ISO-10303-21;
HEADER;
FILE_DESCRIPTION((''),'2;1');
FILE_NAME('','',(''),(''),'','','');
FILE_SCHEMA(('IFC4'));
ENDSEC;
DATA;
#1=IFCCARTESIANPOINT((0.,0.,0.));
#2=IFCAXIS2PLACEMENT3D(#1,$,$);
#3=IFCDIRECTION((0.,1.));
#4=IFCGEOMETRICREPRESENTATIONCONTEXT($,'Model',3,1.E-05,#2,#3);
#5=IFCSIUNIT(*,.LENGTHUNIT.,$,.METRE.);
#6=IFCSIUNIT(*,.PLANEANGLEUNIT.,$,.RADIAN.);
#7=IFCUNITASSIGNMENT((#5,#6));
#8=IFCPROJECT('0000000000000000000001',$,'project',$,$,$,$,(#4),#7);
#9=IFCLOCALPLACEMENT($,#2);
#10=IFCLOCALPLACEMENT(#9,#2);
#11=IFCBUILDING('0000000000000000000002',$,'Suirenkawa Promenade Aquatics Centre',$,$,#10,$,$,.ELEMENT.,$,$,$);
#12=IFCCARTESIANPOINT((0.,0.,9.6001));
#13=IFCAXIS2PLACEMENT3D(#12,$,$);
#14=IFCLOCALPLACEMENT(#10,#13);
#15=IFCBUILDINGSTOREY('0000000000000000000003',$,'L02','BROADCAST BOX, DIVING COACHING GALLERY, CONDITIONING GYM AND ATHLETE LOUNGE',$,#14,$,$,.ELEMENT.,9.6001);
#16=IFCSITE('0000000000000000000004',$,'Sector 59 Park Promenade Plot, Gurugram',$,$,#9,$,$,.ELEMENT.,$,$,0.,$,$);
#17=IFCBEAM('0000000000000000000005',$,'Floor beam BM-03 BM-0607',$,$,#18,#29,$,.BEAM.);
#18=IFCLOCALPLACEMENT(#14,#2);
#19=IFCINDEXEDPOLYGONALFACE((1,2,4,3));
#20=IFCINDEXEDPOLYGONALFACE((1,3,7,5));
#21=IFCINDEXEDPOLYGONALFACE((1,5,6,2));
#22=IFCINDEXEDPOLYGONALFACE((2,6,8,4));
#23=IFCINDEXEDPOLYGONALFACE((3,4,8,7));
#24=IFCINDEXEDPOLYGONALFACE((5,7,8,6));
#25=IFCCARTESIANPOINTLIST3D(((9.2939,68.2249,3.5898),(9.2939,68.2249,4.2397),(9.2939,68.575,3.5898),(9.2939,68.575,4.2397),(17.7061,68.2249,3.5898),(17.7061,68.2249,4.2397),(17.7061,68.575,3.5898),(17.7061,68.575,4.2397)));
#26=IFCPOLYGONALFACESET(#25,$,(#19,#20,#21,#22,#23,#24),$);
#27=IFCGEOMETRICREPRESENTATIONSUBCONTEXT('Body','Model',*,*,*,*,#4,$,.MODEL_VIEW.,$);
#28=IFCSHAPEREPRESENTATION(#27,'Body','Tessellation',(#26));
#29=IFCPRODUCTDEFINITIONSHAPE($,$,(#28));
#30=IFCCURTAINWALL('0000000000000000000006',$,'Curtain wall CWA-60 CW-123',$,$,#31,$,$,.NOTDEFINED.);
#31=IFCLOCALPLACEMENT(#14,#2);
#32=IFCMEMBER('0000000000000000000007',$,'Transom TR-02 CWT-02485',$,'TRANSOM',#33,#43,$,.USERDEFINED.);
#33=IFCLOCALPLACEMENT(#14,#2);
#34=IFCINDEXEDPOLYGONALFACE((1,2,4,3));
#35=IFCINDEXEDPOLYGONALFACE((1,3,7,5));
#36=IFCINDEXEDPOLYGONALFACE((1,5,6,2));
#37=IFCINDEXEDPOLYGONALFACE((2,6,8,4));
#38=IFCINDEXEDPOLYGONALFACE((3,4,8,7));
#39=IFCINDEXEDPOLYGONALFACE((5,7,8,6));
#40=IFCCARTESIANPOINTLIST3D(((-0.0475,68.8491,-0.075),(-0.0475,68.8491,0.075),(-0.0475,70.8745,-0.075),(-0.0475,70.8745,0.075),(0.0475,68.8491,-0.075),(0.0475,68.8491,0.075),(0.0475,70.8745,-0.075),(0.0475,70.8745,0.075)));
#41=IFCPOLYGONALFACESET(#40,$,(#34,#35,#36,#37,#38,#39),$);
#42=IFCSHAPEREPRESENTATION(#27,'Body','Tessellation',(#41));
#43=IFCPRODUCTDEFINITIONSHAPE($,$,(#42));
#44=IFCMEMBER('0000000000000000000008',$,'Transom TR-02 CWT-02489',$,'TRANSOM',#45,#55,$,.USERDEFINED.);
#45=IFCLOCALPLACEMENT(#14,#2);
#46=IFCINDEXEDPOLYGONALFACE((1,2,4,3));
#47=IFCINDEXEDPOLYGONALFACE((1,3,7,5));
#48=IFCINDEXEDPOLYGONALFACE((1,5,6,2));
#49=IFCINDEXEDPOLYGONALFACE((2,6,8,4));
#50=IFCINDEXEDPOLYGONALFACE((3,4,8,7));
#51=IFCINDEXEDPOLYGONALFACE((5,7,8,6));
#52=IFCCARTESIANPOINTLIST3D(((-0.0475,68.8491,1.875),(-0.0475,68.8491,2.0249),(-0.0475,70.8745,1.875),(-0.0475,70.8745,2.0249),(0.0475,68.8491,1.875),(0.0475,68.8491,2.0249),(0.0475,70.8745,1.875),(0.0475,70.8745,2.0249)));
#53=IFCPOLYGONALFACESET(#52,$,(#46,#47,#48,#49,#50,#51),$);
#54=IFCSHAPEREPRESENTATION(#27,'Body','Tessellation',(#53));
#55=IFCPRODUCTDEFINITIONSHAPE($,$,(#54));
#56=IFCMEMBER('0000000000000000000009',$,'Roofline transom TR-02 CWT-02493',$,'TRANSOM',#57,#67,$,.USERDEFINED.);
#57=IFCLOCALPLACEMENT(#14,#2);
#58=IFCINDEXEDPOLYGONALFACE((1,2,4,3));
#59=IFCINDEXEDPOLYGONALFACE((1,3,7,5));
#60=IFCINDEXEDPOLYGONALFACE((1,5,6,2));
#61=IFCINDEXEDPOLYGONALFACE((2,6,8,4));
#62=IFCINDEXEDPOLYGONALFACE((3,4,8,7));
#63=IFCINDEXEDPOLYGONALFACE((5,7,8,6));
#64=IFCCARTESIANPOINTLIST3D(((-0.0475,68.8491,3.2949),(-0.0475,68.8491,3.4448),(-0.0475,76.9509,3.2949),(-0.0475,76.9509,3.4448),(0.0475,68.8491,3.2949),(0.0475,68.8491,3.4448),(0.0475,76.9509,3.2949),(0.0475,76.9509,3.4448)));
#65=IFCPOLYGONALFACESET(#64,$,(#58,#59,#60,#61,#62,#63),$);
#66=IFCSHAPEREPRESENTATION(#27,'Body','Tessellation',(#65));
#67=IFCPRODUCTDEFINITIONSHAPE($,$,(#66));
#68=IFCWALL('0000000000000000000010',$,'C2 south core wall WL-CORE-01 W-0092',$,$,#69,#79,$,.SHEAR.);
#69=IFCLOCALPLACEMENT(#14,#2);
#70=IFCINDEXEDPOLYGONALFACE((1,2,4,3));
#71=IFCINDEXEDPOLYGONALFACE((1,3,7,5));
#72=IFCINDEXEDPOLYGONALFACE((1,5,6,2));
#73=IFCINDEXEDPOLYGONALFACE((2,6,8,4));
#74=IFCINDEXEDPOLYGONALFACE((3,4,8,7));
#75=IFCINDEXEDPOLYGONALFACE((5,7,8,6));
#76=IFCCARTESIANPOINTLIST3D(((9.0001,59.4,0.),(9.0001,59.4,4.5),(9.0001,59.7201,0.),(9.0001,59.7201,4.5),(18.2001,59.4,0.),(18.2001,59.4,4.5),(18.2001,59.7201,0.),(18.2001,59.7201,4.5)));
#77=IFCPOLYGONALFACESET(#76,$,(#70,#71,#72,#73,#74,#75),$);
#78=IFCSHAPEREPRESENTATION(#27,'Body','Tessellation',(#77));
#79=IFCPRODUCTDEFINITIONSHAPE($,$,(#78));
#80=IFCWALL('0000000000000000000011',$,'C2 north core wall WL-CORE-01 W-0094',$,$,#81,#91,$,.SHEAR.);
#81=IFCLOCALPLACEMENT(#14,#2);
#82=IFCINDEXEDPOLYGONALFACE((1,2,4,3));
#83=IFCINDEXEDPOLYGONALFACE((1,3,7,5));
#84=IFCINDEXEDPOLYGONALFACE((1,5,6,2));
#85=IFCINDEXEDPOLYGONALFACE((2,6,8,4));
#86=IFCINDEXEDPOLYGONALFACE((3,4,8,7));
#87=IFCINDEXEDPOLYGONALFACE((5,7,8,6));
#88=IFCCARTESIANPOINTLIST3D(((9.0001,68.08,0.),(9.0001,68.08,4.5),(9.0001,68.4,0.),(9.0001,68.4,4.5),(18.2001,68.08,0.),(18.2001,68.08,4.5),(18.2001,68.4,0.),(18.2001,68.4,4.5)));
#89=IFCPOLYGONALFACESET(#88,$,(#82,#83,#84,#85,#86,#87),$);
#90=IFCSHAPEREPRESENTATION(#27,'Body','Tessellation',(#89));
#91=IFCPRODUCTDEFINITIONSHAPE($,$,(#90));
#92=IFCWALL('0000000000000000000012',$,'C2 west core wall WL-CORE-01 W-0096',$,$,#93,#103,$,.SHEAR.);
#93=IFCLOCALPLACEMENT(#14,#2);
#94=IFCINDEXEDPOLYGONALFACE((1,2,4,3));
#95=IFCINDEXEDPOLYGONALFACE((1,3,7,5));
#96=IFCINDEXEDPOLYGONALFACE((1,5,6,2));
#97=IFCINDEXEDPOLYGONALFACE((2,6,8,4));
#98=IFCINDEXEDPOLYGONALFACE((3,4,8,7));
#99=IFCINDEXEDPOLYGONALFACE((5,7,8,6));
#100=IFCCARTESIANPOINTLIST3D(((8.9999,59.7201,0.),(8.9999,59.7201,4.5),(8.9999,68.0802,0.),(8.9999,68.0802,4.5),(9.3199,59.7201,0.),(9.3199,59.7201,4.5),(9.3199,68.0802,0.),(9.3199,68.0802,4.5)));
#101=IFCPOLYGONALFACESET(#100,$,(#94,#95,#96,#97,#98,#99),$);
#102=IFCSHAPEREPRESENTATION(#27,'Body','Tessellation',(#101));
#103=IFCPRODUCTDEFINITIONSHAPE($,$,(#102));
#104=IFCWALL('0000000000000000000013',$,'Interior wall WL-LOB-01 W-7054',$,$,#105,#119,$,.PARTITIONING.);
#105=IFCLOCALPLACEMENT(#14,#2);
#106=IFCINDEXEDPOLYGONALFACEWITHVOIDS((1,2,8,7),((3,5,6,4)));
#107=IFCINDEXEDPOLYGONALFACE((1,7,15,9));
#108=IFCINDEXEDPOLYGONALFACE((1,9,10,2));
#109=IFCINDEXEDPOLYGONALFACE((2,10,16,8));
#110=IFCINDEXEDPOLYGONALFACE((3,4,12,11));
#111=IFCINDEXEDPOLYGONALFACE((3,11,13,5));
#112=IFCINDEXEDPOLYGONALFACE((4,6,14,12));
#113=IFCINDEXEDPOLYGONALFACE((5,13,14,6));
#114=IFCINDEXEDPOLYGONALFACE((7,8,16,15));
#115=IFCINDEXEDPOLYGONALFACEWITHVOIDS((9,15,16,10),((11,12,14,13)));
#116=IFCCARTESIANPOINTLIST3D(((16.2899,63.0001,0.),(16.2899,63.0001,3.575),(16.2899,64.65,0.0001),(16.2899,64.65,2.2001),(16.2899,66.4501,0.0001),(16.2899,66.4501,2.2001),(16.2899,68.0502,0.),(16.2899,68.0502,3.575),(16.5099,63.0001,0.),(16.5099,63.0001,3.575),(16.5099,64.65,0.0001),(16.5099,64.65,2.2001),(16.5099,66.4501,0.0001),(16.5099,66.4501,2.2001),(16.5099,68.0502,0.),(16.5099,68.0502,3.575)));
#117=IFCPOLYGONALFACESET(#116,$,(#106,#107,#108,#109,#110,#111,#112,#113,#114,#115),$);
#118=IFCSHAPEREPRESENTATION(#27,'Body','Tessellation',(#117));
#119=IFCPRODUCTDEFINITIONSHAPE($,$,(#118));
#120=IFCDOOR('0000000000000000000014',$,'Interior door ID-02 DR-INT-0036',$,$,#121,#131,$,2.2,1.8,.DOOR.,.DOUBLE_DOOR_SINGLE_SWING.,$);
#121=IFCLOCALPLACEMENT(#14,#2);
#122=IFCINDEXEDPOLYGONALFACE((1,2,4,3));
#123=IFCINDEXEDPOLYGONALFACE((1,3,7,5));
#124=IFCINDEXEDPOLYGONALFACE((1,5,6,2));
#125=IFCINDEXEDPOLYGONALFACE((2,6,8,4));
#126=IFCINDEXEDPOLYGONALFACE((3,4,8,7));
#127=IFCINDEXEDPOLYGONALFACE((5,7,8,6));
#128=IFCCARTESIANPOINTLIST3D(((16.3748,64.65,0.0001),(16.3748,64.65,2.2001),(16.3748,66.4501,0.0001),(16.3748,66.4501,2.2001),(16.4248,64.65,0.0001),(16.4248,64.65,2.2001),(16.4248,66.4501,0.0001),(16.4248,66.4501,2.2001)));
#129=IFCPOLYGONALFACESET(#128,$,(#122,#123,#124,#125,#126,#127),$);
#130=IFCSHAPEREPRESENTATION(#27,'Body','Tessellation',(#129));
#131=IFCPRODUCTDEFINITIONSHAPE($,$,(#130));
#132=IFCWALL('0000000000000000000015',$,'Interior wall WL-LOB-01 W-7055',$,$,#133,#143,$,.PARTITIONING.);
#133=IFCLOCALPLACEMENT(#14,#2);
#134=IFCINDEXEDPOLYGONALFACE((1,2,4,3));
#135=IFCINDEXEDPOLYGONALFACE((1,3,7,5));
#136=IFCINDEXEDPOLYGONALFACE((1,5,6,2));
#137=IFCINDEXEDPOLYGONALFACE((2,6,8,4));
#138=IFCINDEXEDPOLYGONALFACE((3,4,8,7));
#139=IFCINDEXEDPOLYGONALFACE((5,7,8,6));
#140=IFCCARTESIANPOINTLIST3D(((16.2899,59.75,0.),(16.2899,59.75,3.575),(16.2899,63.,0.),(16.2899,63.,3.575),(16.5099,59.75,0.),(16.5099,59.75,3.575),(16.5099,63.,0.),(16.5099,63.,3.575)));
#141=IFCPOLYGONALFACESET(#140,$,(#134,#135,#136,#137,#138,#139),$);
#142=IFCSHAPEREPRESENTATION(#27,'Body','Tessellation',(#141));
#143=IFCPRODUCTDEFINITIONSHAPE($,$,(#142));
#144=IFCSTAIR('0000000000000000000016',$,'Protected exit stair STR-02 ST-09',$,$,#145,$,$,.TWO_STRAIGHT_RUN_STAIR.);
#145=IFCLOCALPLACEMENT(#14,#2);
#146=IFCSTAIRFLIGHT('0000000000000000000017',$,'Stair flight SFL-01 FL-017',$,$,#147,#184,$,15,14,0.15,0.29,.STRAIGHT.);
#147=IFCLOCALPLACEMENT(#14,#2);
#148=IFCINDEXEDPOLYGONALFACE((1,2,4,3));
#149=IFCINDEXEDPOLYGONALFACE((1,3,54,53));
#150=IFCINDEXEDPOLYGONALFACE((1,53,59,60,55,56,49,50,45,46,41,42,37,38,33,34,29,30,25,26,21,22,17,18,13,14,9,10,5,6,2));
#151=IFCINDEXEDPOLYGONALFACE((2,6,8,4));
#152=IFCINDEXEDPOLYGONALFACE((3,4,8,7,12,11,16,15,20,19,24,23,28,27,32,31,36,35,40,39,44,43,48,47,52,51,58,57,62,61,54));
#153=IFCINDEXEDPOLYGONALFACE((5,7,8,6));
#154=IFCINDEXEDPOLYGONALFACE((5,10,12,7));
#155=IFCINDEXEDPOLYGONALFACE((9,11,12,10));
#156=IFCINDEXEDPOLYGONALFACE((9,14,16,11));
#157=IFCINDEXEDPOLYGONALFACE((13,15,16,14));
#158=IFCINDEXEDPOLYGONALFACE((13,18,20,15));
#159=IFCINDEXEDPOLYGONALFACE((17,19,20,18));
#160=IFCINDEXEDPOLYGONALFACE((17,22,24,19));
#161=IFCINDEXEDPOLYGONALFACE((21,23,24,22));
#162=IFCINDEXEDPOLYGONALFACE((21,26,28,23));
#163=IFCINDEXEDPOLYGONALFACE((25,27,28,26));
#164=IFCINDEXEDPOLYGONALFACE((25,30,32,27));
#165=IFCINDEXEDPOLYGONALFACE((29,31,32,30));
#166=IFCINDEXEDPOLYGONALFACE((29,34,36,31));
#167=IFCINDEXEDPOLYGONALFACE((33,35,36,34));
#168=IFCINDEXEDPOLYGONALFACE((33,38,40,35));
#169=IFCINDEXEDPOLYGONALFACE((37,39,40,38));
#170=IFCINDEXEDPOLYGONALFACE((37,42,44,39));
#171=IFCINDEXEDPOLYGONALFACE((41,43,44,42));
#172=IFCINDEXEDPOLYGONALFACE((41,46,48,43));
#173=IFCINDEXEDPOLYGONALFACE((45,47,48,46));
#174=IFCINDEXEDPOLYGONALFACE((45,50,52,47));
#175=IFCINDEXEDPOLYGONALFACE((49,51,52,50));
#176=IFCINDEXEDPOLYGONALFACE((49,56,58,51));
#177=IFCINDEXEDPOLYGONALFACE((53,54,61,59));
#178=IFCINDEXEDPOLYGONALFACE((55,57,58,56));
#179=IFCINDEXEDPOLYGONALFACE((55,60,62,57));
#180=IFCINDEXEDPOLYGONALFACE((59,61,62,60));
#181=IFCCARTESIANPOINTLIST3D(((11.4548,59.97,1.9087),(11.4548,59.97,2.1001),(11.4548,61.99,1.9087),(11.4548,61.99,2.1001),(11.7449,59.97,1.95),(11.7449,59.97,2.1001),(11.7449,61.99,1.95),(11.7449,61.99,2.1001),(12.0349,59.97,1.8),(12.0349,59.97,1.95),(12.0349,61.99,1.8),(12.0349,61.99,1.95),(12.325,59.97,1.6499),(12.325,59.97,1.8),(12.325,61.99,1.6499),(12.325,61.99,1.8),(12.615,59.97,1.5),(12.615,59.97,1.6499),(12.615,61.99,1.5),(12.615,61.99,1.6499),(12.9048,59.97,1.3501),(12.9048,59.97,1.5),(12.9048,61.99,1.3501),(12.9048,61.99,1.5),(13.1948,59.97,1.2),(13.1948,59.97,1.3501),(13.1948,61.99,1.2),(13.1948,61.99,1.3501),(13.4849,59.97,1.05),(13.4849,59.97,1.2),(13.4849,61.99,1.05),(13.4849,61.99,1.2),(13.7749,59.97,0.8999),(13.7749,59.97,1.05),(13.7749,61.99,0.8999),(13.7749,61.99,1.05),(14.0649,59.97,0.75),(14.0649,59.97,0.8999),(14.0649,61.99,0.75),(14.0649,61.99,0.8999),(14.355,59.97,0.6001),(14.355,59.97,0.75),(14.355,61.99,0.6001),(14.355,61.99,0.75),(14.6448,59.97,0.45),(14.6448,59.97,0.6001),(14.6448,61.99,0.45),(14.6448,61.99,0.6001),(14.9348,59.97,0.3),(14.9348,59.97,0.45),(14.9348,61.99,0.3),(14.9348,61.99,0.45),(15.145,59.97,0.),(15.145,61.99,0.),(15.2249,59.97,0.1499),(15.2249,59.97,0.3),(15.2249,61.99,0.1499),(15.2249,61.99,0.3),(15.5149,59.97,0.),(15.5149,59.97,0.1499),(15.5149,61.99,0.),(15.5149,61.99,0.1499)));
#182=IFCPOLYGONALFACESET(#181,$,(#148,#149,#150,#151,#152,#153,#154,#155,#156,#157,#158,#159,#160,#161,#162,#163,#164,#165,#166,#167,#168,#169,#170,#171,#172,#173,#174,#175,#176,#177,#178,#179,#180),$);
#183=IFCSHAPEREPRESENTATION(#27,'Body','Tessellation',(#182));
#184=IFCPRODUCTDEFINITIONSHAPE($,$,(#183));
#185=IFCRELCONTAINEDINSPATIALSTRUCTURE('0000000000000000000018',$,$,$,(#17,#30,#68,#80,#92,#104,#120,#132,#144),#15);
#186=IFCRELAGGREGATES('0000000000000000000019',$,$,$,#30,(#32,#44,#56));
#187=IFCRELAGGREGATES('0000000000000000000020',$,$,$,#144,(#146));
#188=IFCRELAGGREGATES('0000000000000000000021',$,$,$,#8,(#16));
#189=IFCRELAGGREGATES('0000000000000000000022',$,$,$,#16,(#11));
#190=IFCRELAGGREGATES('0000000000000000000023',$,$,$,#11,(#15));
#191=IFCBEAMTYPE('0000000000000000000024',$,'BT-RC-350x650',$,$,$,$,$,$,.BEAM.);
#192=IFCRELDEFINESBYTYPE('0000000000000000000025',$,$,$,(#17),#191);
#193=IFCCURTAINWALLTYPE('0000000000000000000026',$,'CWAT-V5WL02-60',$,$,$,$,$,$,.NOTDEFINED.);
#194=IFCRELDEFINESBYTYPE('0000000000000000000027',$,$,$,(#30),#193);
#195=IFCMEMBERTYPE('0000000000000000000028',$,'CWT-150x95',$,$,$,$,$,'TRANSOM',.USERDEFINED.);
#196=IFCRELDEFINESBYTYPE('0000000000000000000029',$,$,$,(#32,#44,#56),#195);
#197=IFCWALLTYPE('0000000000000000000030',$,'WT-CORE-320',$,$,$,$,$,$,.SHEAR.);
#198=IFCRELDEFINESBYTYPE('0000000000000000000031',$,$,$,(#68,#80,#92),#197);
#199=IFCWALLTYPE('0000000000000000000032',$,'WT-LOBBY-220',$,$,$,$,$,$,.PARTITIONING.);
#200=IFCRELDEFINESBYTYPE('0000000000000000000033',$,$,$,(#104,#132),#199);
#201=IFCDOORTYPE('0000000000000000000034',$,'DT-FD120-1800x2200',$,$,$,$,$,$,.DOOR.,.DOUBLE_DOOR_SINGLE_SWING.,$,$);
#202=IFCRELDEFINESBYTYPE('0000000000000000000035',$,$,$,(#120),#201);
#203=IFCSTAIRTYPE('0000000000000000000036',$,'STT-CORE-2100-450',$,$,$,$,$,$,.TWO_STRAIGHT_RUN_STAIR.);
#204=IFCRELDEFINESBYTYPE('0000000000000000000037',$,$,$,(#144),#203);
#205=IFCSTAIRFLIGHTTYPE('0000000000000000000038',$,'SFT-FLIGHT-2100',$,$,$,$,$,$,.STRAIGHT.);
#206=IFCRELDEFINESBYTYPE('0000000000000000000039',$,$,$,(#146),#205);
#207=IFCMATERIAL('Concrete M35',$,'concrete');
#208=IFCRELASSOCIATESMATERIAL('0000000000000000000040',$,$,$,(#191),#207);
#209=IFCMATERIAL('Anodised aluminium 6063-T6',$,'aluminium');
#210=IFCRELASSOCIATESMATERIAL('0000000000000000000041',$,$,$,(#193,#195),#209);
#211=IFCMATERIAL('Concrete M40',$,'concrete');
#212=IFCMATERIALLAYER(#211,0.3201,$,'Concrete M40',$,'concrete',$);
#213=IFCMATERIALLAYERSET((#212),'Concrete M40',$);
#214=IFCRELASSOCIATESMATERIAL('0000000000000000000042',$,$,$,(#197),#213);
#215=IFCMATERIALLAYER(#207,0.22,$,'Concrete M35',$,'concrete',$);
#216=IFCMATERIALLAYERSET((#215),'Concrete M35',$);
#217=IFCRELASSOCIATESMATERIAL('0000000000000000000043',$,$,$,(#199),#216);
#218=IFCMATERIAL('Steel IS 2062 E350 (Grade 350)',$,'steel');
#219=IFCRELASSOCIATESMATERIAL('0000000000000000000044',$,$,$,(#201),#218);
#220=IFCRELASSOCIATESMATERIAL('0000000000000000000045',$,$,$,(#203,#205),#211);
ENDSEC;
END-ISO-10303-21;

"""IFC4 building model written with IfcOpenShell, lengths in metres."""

from ifc_helpers import new_model, si_unit, direction, frame, frame_2d, origin, origin_2d, place, context, subcontext, project, spatial, polyline, rectangle, outline, extrude, material, layer, layer_set, material_profile, profile_set, type_object, element, fill, aggregate, save


model = new_model("IFC4")

# Units and contexts
model_context = context("Model", 3, precision=1e-05, world=origin(), true_north=direction((0.0, 1.0)))
body_context = subcontext(model_context, "Body", "Model", "MODEL_VIEW")
ifc_project = project(units=[si_unit("LENGTHUNIT", "METRE"), si_unit("PLANEANGLEUNIT", "RADIAN")], contexts=[model_context])

# Site, building, storey
site_placement = place(None, origin())
site = spatial("IfcSite", under=ifc_project, at=site_placement, Name="Sector 59 Park Promenade Plot, Gurugram", CompositionType="ELEMENT", RefElevation=0.0)
building_placement = place(site_placement, origin())
building = spatial("IfcBuilding", under=site, at=building_placement, Name="Suirenkawa Promenade Aquatics Centre", CompositionType="ELEMENT")
storey_placement = place(building_placement, frame((0.0, 0.0, 9.6001)))
storey = spatial("IfcBuildingStorey", under=building, at=storey_placement, Name="L02", Description="BROADCAST BOX, DIVING COACHING GALLERY, CONDITIONING GYM AND ATHLETE LOUNGE", CompositionType="ELEMENT", Elevation=9.6001)

# Shared definitions
ifc_material_1 = material(Name="Concrete M40", Category="concrete")

# Beam
ifc_material_2 = material(Name="Steel IS 2062 E350 (Grade 350)", Category="steel")
ifc_material_3 = material(Name="Concrete M35", Category="concrete")
ifc_material_profile_1 = material_profile(ifc_material_3, rectangle(XDim=0.3501, YDim=0.6499, at=origin_2d()), Name="RC BM 350x650", Category="concrete")
ifc_profile_set_1 = profile_set([ifc_material_profile_1], Name="Concrete M35")
beam_type_1 = type_object("IfcBeamType", Name="BT-RC-350x650", PredefinedType="BEAM", material=ifc_profile_set_1)
for number, where, z_axis, x_axis, name in (
    (1, (9.2939, 68.3999, 3.9148), (1.0, 0.0, 0.0), (0.0, 1.0, 0.0), "Floor beam BM-03 BM-0607"),
):
    element("IfcBeam", number, at=place(storey_placement, frame(where, z_axis=z_axis, x_axis=x_axis)), inside=storey, type_object=beam_type_1, Name=name, PredefinedType="BEAM", context=body_context, shape_type="SweptSolid", body=[
        extrude(rectangle(XDim=0.3501, YDim=0.6499, at=origin_2d()), origin(), (0.0, 0.0, 1.0), 8.4121),
    ])

# Curtain wall, members
ifc_material_4 = material(Name="Anodised aluminium 6063-T6", Category="aluminium")
curtain_wall_type = type_object("IfcCurtainWallType", Name="CWAT-V5WL02-60", PredefinedType="NOTDEFINED", material=ifc_material_4)
curtain_wall_placement = place(storey_placement, origin())
curtain_wall = element("IfcCurtainWall", 2, at=curtain_wall_placement, inside=storey, type_object=curtain_wall_type, Name="Curtain wall CWA-60 CW-123", PredefinedType="NOTDEFINED")
ifc_material_profile_2 = material_profile(ifc_material_4, rectangle(XDim=0.095, YDim=0.1499, at=origin_2d()), Name="ALU TRAN 95x150", Category="aluminium")
ifc_profile_set_2 = profile_set([ifc_material_profile_2], Name="Anodised aluminium 6063-T6")
member_type = type_object("IfcMemberType", Name="CWT-150x95", ElementType="TRANSOM", PredefinedType="USERDEFINED", material=ifc_profile_set_2)
member_1_placement = place(storey_placement, frame((0.0, 68.8491, 0.0), z_axis=(0.0, 1.0, 0.0), x_axis=(-1.0, 0.0, 0.0)))
member_1 = element("IfcMember", 3, at=member_1_placement, type_object=member_type, Name="Transom TR-02 CWT-02485", ObjectType="TRANSOM", PredefinedType="USERDEFINED", context=body_context, shape_type="SweptSolid", body=[
    extrude(rectangle(XDim=0.095, YDim=0.1499, at=origin_2d()), origin(), (0.0, 0.0, 1.0), 2.0254),
])
member_2_placement = place(storey_placement, frame((0.0, 68.8491, 1.95), z_axis=(0.0, 1.0, 0.0), x_axis=(-1.0, 0.0, 0.0)))
member_2 = element("IfcMember", 4, at=member_2_placement, type_object=member_type, Name="Transom TR-02 CWT-02489", ObjectType="TRANSOM", PredefinedType="USERDEFINED", context=body_context, shape_type="SweptSolid", body=[
    extrude(rectangle(XDim=0.095, YDim=0.1499, at=origin_2d()), origin(), (0.0, 0.0, 1.0), 2.0254),
])
member_3_placement = place(storey_placement, frame((0.0, 68.8491, 3.3699), z_axis=(0.0, 1.0, 0.0), x_axis=(-1.0, 0.0, 0.0)))
member_3 = element("IfcMember", 5, at=member_3_placement, type_object=member_type, Name="Roofline transom TR-02 CWT-02493", ObjectType="TRANSOM", PredefinedType="USERDEFINED", context=body_context, shape_type="SweptSolid", body=[
    extrude(rectangle(XDim=0.095, YDim=0.1499, at=origin_2d()), origin(), (0.0, 0.0, 1.0), 8.1018),
])
aggregate(curtain_wall, [member_1, member_2, member_3])

# Walls
ifc_layer_1 = layer(ifc_material_1, 0.3201, Name="Concrete M40", Category="concrete")
ifc_layer_set_1 = layer_set([ifc_layer_1], Name="Concrete M40")
wall_type_1 = type_object("IfcWallType", Name="WT-CORE-320", PredefinedType="SHEAR", material=ifc_layer_set_1)
for number, where, z_axis, x_axis, name in (
    (6, (9.0, 59.5601, 0.0), (0.0, 0.0, 1.0), (1.0, 0.0, 0.0), "C2 south core wall WL-CORE-01 W-0092"),
    (7, (9.0, 68.24, 0.0), (0.0, 0.0, 1.0), (1.0, 0.0, 0.0), "C2 north core wall WL-CORE-01 W-0094"),
):
    element("IfcWall", number, at=place(storey_placement, frame(where, z_axis=z_axis, x_axis=x_axis)), inside=storey, type_object=wall_type_1, Name=name, PredefinedType="SHEAR", context=body_context, shape_type="SweptSolid", body=[
        extrude(rectangle(XDim=9.2, YDim=0.3201, at=frame_2d((4.6001, 0.0))), origin(), (0.0, 0.0, 1.0), 4.5),
    ])
wall_1_placement = place(storey_placement, frame((9.1599, 59.72, 0.0), z_axis=(0.0, 0.0, 1.0), x_axis=(0.0, 1.0, 0.0)))
element("IfcWall", 8, at=wall_1_placement, inside=storey, type_object=wall_type_1, Name="C2 west core wall WL-CORE-01 W-0096", PredefinedType="SHEAR", context=body_context, shape_type="SweptSolid", body=[
    extrude(rectangle(XDim=8.3601, YDim=0.3201, at=frame_2d((4.1802, 0.0))), origin(), (0.0, 0.0, 1.0), 4.5),
])

# Wall, opening, door
ifc_layer_2 = layer(ifc_material_3, 0.22, Name="Concrete M35", Category="concrete")
ifc_layer_set_2 = layer_set([ifc_layer_2], Name="Concrete M35")
wall_type_2 = type_object("IfcWallType", Name="WT-LOBBY-220", PredefinedType="PARTITIONING", material=ifc_layer_set_2)
wall_2_placement = place(storey_placement, frame((16.3999, 68.05, 0.0), z_axis=(0.0, 0.0, 1.0), x_axis=(0.0, -1.0, 0.0)))
wall_2 = element("IfcWall", 9, at=wall_2_placement, inside=storey, type_object=wall_type_2, Name="Interior wall WL-LOB-01 W-7054", PredefinedType="PARTITIONING", context=body_context, shape_type="SweptSolid", body=[
    extrude(rectangle(XDim=5.05, YDim=0.22, at=frame_2d((2.5249, 0.0))), origin(), (0.0, 0.0, 1.0), 3.575),
])
opening_placement = place(wall_2_placement, frame((1.6001, 0.0, 0.0)))
opening = element("IfcOpeningElement", 10, at=opening_placement, cuts=wall_2, PredefinedType="OPENING", context=body_context, shape_type="SweptSolid", body=[
    extrude(rectangle(XDim=1.8, YDim=2.2, at=frame_2d((0.8999, 1.1001))), frame((0.0, 0.1199, 0.0), z_axis=(0.0, -1.0, 0.0), x_axis=(1.0, 0.0, 0.0)), (0.0, 0.0, 1.0), 0.24),
])
door_type = type_object("IfcDoorType", Name="DT-FD120-1800x2200", OperationType="DOUBLE_DOOR_SINGLE_SWING", PredefinedType="DOOR", material=ifc_material_2)
door_placement = place(opening_placement, origin())
door = element("IfcDoor", 11, at=door_placement, inside=storey, type_object=door_type, Name="Interior door ID-02 DR-INT-0036", OperationType="DOUBLE_DOOR_SINGLE_SWING", OverallHeight=2.2, OverallWidth=1.8, PredefinedType="DOOR", context=body_context, shape_type="SweptSolid", body=[
    extrude(rectangle(XDim=1.8, YDim=2.2, at=frame_2d((0.8999, 1.1001))), frame((0.0, 0.0249, 0.0), z_axis=(0.0, -1.0, 0.0), x_axis=(1.0, 0.0, 0.0)), (0.0, 0.0, 1.0), 0.05),
])
fill(opening, door)

# Wall
wall_3_placement = place(storey_placement, frame((16.3999, 59.75, 0.0), z_axis=(0.0, 0.0, 1.0), x_axis=(0.0, 1.0, 0.0)))
element("IfcWall", 12, at=wall_3_placement, inside=storey, type_object=wall_type_2, Name="Interior wall WL-LOB-01 W-7055", PredefinedType="PARTITIONING", context=body_context, shape_type="SweptSolid", body=[
    extrude(rectangle(XDim=3.25, YDim=0.22, at=frame_2d((1.625, 0.0))), origin(), (0.0, 0.0, 1.0), 3.575),
])

# Stair, stair flight
stair_type = type_object("IfcStairType", Name="STT-CORE-2100-450", PredefinedType="TWO_STRAIGHT_RUN_STAIR", material=ifc_material_1)
stair_placement = place(storey_placement, origin())
stair = element("IfcStair", 13, at=stair_placement, inside=storey, type_object=stair_type, Name="Protected exit stair STR-02 ST-09", PredefinedType="TWO_STRAIGHT_RUN_STAIR")
stair_flight_type = type_object("IfcStairFlightType", Name="SFT-FLIGHT-2100", PredefinedType="STRAIGHT", material=ifc_material_1)
stair_flight_1_placement = place(storey_placement, frame((15.5149, 60.98, 0.0), z_axis=(0.0, 0.0, 1.0), x_axis=(-1.0, 0.0, 0.0)))
stair_flight_1 = element("IfcStairFlight", 14, at=stair_flight_1_placement, type_object=stair_flight_type, Name="Stair flight SFL-01 FL-017", NumberOfRisers=15, NumberOfTreads=14, PredefinedType="STRAIGHT", RiserHeight=0.15, TreadLength=0.29, context=body_context, shape_type="SweptSolid", body=[
    extrude(outline(polyline([(0.0, 0.0), (0.0, 0.1499), (0.29, 0.1499), (0.29, 0.3), (0.5801, 0.3), (0.5801, 0.45), (0.8701, 0.45), (0.8701, 0.6001), (1.1599, 0.6001), (1.1599, 0.75), (1.45, 0.75), (1.45, 0.8999), (1.74, 0.8999), (1.74, 1.05), (2.03, 1.05), (2.03, 1.2), (2.3201, 1.2), (2.3201, 1.3501), (2.6101, 1.3501), (2.6101, 1.5), (2.8999, 1.5), (2.8999, 1.6499), (3.1899, 1.6499), (3.1899, 1.8), (3.48, 1.8), (3.48, 1.95), (3.77, 1.95), (3.77, 2.1001), (4.0601, 2.1001), (4.0601, 2.25), (4.0601, 1.9087), (0.3699, 0.0), (0.0, 0.0)])), frame((0.0, 1.01, 0.0), z_axis=(0.0, -1.0, 0.0), x_axis=(1.0, 0.0, 0.0)), (0.0, 0.0, 1.0), 2.02),
])
aggregate(stair, [stair_flight_1])

save(model, "model.ifc")
